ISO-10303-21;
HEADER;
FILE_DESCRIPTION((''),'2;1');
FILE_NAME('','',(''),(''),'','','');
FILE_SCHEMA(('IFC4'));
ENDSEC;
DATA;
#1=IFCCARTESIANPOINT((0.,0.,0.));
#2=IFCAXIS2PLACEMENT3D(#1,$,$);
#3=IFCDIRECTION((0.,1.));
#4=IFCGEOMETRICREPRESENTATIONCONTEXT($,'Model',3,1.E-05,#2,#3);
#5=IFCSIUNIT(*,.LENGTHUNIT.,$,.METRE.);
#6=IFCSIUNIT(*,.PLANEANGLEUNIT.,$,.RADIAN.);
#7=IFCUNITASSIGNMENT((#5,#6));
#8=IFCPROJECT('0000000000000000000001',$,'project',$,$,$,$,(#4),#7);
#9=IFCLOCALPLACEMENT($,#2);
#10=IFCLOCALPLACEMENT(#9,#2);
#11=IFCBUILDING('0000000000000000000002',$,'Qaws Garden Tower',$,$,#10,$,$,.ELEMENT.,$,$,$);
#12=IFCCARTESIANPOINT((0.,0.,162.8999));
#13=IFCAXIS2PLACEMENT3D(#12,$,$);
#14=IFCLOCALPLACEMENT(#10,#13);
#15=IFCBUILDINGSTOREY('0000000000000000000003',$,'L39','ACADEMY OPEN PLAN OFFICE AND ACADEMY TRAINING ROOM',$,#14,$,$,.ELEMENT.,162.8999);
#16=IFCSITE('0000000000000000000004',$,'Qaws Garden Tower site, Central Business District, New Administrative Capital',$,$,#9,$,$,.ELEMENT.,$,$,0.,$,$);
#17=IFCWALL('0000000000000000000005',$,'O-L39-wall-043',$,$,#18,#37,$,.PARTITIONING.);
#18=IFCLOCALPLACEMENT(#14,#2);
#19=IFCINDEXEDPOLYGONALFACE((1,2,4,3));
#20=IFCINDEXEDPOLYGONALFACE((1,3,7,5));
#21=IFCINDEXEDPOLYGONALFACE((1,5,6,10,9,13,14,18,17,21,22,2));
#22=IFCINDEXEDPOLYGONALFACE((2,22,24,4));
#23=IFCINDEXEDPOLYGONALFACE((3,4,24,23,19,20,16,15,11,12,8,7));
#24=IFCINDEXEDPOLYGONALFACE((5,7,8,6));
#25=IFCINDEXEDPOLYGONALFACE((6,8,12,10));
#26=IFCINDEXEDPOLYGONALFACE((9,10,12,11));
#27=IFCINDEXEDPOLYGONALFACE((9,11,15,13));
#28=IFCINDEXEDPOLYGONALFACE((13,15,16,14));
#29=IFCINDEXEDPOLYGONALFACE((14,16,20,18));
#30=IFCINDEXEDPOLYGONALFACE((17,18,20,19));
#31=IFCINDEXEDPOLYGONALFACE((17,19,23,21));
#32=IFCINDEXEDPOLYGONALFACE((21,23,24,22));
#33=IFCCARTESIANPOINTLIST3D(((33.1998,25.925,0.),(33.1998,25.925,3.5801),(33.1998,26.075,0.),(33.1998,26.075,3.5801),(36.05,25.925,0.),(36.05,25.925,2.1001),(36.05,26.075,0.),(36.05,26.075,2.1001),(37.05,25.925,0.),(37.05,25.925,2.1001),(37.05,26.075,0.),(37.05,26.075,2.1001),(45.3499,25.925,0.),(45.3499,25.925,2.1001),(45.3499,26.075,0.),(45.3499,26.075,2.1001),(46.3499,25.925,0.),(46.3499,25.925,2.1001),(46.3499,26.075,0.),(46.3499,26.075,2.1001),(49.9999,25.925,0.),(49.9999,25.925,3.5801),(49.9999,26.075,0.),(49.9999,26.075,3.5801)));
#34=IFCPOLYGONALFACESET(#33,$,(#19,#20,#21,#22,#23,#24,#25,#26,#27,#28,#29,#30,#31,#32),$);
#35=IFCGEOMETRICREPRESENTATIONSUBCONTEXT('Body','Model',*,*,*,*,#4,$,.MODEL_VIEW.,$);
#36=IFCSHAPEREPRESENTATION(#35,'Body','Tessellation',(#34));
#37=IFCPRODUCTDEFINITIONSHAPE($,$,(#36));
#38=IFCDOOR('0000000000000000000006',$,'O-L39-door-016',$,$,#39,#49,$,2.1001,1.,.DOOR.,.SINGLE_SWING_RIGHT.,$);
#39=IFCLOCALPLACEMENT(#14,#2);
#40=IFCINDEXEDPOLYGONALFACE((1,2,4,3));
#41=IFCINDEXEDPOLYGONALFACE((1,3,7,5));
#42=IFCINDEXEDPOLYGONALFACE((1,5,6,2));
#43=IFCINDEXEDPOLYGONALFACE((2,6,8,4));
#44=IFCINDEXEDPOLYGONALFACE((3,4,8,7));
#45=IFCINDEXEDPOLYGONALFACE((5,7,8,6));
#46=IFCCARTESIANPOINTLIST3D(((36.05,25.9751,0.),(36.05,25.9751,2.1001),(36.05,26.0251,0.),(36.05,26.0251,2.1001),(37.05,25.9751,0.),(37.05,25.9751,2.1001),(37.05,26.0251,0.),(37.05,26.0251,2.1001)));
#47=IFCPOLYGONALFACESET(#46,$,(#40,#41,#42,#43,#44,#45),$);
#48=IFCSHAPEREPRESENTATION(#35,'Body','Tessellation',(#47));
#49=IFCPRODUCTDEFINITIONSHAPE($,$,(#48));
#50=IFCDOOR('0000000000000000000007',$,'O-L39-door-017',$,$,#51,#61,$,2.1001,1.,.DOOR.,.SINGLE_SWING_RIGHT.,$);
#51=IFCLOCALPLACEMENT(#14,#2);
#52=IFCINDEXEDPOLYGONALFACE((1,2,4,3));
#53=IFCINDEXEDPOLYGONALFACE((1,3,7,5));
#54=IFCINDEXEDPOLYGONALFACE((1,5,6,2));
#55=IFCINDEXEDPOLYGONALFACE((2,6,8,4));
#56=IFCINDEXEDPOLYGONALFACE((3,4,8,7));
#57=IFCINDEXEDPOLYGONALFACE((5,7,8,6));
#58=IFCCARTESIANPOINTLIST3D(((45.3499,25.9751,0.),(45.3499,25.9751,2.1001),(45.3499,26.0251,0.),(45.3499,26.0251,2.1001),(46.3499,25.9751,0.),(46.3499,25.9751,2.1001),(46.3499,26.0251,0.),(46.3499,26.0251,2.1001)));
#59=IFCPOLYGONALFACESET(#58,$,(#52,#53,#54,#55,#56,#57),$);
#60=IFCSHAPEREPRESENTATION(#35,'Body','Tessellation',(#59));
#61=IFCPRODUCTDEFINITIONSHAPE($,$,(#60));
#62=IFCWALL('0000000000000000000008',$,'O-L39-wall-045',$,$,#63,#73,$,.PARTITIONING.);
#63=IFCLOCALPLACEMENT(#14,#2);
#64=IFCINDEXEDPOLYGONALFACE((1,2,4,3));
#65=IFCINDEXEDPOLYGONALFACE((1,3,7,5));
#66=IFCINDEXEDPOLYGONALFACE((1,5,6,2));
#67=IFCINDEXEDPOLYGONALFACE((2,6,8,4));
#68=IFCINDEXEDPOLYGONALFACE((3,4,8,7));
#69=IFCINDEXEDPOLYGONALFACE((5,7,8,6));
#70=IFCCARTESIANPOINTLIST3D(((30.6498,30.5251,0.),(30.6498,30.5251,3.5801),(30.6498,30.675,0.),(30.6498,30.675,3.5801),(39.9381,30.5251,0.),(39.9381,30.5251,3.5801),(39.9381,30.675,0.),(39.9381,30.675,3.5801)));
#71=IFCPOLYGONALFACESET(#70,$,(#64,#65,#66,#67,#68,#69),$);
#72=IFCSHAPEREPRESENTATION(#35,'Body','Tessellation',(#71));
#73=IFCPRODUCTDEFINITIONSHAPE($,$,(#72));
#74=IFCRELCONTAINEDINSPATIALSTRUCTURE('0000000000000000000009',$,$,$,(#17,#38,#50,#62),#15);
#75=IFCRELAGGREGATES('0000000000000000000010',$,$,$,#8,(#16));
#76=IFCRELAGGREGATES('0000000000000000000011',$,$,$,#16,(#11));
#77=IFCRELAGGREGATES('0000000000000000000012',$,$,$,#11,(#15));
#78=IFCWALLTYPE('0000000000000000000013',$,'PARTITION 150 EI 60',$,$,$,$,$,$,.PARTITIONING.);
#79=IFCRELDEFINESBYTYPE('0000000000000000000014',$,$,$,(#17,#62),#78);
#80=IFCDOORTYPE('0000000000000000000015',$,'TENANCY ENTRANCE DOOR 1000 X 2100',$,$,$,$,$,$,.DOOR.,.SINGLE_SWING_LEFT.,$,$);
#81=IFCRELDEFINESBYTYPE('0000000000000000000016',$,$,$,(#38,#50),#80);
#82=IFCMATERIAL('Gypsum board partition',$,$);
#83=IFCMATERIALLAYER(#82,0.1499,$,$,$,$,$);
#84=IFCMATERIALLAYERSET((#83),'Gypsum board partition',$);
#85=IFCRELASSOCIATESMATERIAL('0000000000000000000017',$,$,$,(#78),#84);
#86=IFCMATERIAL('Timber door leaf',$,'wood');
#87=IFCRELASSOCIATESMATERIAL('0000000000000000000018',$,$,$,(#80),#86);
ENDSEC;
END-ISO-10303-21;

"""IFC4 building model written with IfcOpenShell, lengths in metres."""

from ifc_helpers import new_model, si_unit, direction, frame, frame_2d, origin, place, context, subcontext, project, spatial, rectangle, extrude, material, layer, layer_set, type_object, element, fill, save


model = new_model("IFC4")

# Units and contexts
model_context = context("Model", 3, precision=1e-05, world=origin(), true_north=direction((0.0, 1.0)))
body_context = subcontext(model_context, "Body", "Model", "MODEL_VIEW")
ifc_project = project(units=[si_unit("LENGTHUNIT", "METRE"), si_unit("PLANEANGLEUNIT", "RADIAN")], contexts=[model_context])

# Site, building, storey
site_placement = place(None, origin())
site = spatial("IfcSite", under=ifc_project, at=site_placement, Name="Qaws Garden Tower site, Central Business District, New Administrative Capital", CompositionType="ELEMENT", RefElevation=0.0)
building_placement = place(site_placement, origin())
building = spatial("IfcBuilding", under=site, at=building_placement, Name="Qaws Garden Tower", CompositionType="ELEMENT")
storey_placement = place(building_placement, frame((0.0, 0.0, 162.8999)))
storey = spatial("IfcBuildingStorey", under=building, at=storey_placement, Name="L39", Description="ACADEMY OPEN PLAN OFFICE AND ACADEMY TRAINING ROOM", CompositionType="ELEMENT", Elevation=162.8999)

# Shared definitions
ifc_material_1 = material(Name="Gypsum board partition")
ifc_layer_1 = layer(ifc_material_1, 0.1499)
ifc_layer_set_1 = layer_set([ifc_layer_1], Name="Gypsum board partition")
wall_type_1 = type_object("IfcWallType", Name="PARTITION 150 EI 60", PredefinedType="PARTITIONING", material=ifc_layer_set_1)

# Shared definitions
ifc_material_2 = material(Name="Timber door leaf", Category="wood")
door_type_1 = type_object("IfcDoorType", Name="TENANCY ENTRANCE DOOR 1000 X 2100", OperationType="SINGLE_SWING_LEFT", PredefinedType="DOOR", material=ifc_material_2)

# Wall, openings, doors
wall_1_placement = place(storey_placement, frame((33.2, 26.0, 0.0), z_axis=(0.0, 0.0, 1.0), x_axis=(1.0, 0.0, 0.0)))
wall_1 = element("IfcWall", 1, at=wall_1_placement, inside=storey, type_object=wall_type_1, Name="O-L39-wall-043", PredefinedType="PARTITIONING", context=body_context, shape_type="SweptSolid", body=[
    extrude(rectangle(XDim=16.8, YDim=0.1499, at=frame_2d((8.3999, 0.0))), origin(), (0.0, 0.0, 1.0), 3.5801),
])
opening_1_placement = place(wall_1_placement, frame((2.8501, 0.0, 0.0)))
opening_1 = element("IfcOpeningElement", 2, at=opening_1_placement, cuts=wall_1, PredefinedType="OPENING", context=body_context, shape_type="SweptSolid", body=[
    extrude(rectangle(XDim=1.0, YDim=2.1001, at=frame_2d((0.5, 1.05))), frame((0.0, 0.085, 0.0), z_axis=(0.0, -1.0, 0.0), x_axis=(1.0, 0.0, 0.0)), (0.0, 0.0, 1.0), 0.1699),
])
opening_2_placement = place(wall_1_placement, frame((12.1499, 0.0, 0.0)))
opening_2 = element("IfcOpeningElement", 3, at=opening_2_placement, cuts=wall_1, PredefinedType="OPENING", context=body_context, shape_type="SweptSolid", body=[
    extrude(rectangle(XDim=1.0, YDim=2.1001, at=frame_2d((0.5, 1.05))), frame((0.0, 0.085, 0.0), z_axis=(0.0, -1.0, 0.0), x_axis=(1.0, 0.0, 0.0)), (0.0, 0.0, 1.0), 0.1699),
])
door_1_placement = place(opening_1_placement, frame((1.0, 0.0, 0.0), z_axis=(0.0, 0.0, 1.0), x_axis=(-1.0, 0.0, 0.0)))
door_1 = element("IfcDoor", 4, at=door_1_placement, inside=storey, type_object=door_type_1, Name="O-L39-door-016", OperationType="SINGLE_SWING_RIGHT", OverallHeight=2.1001, OverallWidth=1.0, PredefinedType="DOOR", context=body_context, shape_type="SweptSolid", body=[
    extrude(rectangle(XDim=1.0, YDim=2.1001, at=frame_2d((0.5, 1.05))), frame((0.0, 0.0249, 0.0), z_axis=(0.0, -1.0, 0.0), x_axis=(1.0, 0.0, 0.0)), (0.0, 0.0, 1.0), 0.05),
])
fill(opening_1, door_1)
door_2_placement = place(opening_2_placement, frame((1.0, 0.0, 0.0), z_axis=(0.0, 0.0, 1.0), x_axis=(-1.0, 0.0, 0.0)))
door_2 = element("IfcDoor", 5, at=door_2_placement, inside=storey, type_object=door_type_1, Name="O-L39-door-017", OperationType="SINGLE_SWING_RIGHT", OverallHeight=2.1001, OverallWidth=1.0, PredefinedType="DOOR", context=body_context, shape_type="SweptSolid", body=[
    extrude(rectangle(XDim=1.0, YDim=2.1001, at=frame_2d((0.5, 1.05))), frame((0.0, 0.0249, 0.0), z_axis=(0.0, -1.0, 0.0), x_axis=(1.0, 0.0, 0.0)), (0.0, 0.0, 1.0), 0.05),
])
fill(opening_2, door_2)

# Wall
wall_2_placement = place(storey_placement, frame((30.6499, 30.6001, 0.0), z_axis=(0.0, 0.0, 1.0), x_axis=(1.0, 0.0, 0.0)))
element("IfcWall", 6, at=wall_2_placement, inside=storey, type_object=wall_type_1, Name="O-L39-wall-045", PredefinedType="PARTITIONING", context=body_context, shape_type="SweptSolid", body=[
    extrude(rectangle(XDim=9.2883, YDim=0.1499, at=frame_2d((4.644, 0.0))), origin(), (0.0, 0.0, 1.0), 3.5801),
])

save(model, "model.ifc")
